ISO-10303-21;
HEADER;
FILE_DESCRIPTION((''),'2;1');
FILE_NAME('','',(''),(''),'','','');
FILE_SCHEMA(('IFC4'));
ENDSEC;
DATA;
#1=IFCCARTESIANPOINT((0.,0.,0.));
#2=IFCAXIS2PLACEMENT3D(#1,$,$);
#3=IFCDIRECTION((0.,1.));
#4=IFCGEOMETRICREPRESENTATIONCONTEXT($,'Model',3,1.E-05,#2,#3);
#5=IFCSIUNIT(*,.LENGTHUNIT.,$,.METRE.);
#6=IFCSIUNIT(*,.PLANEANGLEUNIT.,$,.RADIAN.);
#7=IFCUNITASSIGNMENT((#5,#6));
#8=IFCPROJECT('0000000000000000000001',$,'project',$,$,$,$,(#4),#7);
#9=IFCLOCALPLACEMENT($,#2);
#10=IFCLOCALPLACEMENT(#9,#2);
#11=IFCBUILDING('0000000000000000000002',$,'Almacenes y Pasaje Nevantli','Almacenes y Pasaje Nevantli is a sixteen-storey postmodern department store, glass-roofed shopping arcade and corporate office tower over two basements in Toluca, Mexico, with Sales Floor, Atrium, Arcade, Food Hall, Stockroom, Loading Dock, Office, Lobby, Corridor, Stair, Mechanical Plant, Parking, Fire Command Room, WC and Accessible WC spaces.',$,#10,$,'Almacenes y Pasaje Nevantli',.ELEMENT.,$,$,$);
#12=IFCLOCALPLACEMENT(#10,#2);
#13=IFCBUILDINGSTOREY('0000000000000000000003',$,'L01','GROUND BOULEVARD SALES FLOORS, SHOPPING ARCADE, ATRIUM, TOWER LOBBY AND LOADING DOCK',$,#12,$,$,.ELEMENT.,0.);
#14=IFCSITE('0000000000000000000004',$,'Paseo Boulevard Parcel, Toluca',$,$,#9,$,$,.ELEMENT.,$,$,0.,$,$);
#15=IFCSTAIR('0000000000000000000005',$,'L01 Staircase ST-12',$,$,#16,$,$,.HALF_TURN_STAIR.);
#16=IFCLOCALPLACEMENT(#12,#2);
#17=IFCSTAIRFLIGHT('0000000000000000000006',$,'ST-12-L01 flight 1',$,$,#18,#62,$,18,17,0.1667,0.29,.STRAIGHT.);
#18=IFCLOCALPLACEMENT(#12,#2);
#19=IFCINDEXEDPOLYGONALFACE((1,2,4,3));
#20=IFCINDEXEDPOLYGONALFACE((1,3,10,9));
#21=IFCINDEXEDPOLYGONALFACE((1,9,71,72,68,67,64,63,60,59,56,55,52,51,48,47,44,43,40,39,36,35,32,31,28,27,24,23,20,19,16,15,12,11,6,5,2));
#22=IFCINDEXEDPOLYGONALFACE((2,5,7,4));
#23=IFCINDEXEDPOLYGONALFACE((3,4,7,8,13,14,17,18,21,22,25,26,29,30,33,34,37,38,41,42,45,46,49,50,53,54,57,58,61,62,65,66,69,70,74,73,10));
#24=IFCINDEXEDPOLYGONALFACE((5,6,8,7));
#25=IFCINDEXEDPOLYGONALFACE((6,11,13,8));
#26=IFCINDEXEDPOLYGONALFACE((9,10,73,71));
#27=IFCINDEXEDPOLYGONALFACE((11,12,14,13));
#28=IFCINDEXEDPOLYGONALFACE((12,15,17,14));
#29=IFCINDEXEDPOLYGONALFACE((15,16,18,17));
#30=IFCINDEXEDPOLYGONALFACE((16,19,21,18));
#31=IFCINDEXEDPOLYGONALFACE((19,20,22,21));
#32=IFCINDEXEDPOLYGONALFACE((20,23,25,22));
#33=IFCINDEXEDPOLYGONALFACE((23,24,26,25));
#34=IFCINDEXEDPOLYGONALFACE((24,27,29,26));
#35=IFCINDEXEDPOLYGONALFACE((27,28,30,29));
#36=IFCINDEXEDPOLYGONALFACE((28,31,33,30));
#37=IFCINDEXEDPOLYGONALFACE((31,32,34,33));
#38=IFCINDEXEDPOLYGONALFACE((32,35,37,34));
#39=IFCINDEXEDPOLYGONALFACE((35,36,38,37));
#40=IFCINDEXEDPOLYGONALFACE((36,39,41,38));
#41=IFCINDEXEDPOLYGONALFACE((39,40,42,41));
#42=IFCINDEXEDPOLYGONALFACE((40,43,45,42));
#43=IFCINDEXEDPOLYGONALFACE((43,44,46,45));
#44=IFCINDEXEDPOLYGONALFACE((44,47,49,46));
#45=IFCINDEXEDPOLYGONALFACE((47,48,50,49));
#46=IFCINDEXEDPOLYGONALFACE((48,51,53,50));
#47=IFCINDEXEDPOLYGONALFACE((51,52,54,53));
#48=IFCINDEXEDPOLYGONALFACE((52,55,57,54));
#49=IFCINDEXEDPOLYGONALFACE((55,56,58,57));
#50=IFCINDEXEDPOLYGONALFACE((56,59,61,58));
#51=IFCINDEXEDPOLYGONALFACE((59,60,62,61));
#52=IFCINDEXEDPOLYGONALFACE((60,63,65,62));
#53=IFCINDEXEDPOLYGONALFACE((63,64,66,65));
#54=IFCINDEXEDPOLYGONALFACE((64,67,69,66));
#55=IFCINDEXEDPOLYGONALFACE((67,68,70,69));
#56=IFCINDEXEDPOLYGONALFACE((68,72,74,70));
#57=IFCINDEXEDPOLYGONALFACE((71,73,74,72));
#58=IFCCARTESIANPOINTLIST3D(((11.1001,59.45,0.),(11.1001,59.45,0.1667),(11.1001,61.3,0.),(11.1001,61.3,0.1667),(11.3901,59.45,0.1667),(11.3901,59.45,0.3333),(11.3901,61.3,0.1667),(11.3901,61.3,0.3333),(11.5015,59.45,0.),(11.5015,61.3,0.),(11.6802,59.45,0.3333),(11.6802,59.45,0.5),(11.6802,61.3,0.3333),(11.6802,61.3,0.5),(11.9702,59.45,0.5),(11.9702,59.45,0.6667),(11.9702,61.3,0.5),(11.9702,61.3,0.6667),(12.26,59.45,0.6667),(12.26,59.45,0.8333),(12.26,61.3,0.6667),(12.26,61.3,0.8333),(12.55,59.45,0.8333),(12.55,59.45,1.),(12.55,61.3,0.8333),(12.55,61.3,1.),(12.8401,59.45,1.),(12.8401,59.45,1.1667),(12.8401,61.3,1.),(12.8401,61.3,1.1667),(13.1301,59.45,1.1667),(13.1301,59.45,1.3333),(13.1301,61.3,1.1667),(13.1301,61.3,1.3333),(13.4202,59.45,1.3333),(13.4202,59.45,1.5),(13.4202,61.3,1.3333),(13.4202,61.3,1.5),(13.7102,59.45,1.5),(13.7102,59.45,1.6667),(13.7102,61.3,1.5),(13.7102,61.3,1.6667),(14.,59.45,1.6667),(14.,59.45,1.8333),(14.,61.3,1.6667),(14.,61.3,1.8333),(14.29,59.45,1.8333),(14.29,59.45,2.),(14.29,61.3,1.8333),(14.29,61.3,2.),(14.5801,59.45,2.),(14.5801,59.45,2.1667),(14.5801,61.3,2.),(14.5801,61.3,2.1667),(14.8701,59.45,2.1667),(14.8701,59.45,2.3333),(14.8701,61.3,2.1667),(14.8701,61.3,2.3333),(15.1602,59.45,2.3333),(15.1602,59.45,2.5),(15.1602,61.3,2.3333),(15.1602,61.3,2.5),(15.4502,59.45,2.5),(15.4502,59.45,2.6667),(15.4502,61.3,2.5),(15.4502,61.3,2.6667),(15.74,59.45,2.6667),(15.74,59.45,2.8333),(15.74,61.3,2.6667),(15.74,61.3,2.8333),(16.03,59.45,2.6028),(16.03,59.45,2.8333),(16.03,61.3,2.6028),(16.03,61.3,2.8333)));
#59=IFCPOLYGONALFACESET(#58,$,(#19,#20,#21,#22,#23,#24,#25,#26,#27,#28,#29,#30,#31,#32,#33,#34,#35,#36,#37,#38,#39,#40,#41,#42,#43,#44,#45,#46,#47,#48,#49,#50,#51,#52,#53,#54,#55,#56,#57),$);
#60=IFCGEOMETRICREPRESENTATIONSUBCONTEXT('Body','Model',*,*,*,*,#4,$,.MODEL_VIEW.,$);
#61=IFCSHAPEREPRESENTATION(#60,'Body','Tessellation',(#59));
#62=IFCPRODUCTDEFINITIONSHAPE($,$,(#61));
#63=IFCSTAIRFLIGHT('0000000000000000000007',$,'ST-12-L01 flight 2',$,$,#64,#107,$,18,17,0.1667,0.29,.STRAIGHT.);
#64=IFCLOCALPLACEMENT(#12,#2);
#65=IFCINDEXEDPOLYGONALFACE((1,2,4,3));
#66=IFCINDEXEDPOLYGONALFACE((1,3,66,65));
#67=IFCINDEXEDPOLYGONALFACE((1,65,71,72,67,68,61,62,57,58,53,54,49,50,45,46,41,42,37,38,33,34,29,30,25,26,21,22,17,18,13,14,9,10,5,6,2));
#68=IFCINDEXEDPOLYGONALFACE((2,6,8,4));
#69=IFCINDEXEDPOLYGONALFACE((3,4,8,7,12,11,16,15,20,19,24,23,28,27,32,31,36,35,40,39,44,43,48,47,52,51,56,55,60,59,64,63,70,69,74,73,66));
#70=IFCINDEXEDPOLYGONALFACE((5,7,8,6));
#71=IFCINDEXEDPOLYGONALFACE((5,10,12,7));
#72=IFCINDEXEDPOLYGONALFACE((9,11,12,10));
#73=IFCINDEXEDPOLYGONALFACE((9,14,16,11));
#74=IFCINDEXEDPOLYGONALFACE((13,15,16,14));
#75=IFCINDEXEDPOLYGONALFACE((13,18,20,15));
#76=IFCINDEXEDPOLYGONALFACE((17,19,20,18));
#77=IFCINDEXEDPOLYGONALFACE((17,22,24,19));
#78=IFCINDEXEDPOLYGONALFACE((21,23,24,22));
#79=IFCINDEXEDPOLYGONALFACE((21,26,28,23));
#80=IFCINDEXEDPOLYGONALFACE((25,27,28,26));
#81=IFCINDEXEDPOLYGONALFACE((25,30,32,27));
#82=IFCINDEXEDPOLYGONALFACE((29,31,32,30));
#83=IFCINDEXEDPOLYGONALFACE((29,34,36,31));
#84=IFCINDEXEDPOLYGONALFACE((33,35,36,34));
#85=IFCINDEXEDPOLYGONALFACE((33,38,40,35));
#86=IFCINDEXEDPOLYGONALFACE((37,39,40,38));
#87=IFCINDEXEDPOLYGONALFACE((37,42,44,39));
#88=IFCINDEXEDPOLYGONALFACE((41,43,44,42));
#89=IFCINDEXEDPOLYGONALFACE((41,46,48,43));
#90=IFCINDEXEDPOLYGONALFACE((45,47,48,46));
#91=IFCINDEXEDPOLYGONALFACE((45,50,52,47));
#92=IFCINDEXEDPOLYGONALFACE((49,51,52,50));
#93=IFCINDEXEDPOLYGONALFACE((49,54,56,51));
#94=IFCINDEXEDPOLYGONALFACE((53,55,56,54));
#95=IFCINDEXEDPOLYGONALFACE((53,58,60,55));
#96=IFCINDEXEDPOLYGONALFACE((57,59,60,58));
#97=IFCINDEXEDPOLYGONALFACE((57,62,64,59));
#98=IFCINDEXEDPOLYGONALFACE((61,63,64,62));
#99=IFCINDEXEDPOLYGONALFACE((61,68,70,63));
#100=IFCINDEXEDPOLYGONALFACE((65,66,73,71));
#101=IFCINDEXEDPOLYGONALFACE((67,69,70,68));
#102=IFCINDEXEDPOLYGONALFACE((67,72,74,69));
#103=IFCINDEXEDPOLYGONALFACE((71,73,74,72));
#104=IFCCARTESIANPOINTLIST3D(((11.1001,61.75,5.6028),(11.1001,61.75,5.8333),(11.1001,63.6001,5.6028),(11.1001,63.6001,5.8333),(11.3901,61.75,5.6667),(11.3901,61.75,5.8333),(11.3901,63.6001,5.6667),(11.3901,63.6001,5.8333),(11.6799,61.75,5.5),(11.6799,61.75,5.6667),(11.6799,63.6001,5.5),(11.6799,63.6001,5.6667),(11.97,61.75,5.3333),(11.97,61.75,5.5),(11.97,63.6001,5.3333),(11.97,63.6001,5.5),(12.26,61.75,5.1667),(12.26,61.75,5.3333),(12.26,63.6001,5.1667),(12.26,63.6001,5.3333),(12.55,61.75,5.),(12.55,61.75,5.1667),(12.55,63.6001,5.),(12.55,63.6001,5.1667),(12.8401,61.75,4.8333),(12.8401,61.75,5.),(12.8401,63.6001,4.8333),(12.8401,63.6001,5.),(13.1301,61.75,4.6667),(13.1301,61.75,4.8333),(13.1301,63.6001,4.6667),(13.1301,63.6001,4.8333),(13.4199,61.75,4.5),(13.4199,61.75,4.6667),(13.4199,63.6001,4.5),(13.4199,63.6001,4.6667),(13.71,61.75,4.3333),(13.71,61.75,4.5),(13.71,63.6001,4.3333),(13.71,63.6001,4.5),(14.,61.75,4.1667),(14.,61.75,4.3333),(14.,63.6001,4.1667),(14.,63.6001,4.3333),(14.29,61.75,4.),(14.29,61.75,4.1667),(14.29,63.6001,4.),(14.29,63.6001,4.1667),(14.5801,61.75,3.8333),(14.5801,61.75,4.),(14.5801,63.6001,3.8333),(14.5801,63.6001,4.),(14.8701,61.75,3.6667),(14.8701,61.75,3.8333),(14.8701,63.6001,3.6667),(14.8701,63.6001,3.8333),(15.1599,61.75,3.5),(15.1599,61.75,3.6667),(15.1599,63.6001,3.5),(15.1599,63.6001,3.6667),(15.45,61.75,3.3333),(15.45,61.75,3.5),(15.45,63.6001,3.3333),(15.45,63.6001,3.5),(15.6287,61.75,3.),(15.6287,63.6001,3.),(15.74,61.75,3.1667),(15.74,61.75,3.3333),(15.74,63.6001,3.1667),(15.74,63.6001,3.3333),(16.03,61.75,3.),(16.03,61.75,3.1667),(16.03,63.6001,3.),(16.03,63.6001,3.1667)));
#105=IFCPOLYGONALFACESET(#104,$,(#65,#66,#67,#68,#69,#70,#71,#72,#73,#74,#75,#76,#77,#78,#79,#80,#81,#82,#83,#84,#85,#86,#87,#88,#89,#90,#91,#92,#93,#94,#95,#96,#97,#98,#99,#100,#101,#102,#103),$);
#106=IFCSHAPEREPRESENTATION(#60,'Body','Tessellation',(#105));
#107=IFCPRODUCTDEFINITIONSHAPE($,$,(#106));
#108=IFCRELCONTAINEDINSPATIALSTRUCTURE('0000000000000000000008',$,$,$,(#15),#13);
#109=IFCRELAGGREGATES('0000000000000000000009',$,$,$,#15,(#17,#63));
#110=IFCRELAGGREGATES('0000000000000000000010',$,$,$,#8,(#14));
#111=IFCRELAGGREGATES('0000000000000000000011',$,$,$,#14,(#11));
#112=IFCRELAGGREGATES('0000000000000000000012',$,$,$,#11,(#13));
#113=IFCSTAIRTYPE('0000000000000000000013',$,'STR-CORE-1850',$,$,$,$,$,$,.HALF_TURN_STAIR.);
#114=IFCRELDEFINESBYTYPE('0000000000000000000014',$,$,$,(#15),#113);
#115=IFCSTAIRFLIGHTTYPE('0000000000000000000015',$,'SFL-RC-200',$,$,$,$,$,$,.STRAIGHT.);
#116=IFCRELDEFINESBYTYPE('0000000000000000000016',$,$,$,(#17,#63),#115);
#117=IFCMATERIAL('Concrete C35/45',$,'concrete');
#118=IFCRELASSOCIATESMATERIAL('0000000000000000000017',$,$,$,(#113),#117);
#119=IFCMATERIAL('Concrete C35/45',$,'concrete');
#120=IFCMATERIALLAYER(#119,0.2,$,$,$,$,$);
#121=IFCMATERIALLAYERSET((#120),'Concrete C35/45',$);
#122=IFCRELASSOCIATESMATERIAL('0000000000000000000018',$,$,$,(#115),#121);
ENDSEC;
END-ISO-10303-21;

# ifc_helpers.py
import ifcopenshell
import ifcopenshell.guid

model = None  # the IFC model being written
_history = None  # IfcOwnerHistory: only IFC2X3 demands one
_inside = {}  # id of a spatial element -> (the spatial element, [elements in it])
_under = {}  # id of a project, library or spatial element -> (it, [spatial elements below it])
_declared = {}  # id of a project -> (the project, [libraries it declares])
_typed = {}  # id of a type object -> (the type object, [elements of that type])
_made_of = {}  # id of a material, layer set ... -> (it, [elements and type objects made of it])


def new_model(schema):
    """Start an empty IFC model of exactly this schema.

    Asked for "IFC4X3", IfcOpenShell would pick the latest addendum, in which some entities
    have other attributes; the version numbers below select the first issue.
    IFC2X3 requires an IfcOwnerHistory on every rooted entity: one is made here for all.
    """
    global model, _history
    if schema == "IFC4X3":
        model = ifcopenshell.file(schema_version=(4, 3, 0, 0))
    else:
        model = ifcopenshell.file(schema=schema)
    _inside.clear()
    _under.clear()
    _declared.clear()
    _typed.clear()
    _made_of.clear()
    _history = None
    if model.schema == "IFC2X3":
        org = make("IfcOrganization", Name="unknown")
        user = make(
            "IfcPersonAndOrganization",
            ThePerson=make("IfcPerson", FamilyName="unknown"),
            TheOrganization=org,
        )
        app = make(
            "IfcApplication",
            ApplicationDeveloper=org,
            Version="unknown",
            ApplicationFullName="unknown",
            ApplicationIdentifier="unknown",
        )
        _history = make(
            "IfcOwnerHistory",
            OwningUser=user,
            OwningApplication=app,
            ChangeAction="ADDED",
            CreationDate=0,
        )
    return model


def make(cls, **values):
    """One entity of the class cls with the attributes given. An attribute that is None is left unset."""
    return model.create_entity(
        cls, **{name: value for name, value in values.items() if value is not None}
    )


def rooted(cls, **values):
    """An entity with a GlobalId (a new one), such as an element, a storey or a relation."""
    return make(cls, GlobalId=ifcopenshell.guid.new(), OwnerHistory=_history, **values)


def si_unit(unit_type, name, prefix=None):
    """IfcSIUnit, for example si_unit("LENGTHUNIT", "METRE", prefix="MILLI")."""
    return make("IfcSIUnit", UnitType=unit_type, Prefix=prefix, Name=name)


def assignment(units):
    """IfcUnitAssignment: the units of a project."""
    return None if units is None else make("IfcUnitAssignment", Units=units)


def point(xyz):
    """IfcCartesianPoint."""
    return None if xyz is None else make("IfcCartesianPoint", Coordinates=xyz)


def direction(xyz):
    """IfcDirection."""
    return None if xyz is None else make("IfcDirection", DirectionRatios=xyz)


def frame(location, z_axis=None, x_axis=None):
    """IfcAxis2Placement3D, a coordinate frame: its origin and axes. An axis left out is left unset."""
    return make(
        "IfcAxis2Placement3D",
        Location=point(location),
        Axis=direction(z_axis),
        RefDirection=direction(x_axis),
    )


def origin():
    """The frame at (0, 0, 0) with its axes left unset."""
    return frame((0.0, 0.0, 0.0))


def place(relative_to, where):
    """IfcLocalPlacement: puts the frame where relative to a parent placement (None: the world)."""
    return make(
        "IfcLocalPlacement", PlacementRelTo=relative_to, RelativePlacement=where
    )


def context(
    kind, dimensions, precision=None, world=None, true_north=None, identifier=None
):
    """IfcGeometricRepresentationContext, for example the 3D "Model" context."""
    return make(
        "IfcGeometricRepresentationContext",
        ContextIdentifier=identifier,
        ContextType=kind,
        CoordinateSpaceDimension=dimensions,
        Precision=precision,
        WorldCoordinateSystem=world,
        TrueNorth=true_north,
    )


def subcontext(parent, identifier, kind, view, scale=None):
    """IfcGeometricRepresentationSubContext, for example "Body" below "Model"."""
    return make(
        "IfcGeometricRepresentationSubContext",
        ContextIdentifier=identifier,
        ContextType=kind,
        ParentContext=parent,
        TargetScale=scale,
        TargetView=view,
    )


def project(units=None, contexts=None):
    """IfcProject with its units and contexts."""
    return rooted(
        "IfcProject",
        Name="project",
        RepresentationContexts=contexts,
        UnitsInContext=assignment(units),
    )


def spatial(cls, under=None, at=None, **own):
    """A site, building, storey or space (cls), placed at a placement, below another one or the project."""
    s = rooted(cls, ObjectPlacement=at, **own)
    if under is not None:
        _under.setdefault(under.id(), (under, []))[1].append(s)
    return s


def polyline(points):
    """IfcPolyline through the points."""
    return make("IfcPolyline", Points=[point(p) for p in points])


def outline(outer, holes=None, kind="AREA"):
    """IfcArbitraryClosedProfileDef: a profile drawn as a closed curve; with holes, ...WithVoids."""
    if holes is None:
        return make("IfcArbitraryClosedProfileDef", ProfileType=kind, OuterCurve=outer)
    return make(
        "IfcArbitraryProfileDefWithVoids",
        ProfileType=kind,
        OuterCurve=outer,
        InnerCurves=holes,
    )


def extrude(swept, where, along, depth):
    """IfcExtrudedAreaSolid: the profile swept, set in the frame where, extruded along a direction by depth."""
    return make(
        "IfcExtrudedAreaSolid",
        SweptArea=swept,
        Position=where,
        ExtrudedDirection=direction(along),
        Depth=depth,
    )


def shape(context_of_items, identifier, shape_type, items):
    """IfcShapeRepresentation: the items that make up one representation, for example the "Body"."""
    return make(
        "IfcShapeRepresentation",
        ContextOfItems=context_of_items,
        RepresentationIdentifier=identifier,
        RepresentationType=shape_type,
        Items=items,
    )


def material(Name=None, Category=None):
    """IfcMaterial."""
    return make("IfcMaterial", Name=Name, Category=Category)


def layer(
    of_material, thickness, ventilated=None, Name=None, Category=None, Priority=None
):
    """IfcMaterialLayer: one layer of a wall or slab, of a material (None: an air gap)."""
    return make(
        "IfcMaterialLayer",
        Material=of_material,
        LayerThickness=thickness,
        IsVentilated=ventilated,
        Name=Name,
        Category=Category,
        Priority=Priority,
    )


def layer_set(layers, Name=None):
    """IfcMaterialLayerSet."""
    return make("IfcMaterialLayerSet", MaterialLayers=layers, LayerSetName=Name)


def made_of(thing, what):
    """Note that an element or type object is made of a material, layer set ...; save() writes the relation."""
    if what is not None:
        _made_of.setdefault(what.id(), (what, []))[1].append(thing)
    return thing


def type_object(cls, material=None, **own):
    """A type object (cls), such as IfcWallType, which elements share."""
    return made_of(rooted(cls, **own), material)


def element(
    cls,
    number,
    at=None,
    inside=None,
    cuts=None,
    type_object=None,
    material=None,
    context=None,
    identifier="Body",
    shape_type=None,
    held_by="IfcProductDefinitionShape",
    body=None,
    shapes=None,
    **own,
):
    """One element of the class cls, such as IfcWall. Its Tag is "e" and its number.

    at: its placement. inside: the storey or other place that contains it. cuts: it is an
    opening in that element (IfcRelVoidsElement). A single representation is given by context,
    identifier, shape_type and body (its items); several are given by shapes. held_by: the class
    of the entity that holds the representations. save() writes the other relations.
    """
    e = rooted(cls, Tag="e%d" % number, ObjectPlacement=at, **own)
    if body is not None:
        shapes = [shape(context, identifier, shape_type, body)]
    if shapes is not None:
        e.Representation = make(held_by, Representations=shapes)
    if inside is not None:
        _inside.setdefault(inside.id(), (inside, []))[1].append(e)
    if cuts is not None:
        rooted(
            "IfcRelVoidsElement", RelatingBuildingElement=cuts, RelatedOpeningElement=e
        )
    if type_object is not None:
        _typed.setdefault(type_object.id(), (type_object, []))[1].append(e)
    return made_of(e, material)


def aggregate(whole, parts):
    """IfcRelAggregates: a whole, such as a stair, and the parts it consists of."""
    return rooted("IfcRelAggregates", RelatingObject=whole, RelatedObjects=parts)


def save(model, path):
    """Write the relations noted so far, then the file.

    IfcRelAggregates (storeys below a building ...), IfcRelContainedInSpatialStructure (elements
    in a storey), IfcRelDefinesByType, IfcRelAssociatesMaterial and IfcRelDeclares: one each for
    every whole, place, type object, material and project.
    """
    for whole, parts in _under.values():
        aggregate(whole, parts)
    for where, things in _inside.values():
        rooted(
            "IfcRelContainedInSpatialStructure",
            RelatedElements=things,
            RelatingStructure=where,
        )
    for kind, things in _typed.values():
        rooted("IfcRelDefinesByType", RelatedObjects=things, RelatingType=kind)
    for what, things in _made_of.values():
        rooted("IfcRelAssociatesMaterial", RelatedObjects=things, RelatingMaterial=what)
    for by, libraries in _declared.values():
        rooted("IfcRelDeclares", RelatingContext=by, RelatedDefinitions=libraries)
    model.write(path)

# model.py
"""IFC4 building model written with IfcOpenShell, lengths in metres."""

from ifc_helpers import new_model, si_unit, direction, frame, origin, place, context, subcontext, project, spatial, polyline, outline, extrude, material, layer, layer_set, type_object, element, aggregate, save


model = new_model("IFC4")

# Units and contexts
model_context = context("Model", 3, precision=1e-05, world=origin(), true_north=direction((0.0, 1.0)))
body_context = subcontext(model_context, "Body", "Model", "MODEL_VIEW")
ifc_project = project(units=[si_unit("LENGTHUNIT", "METRE"), si_unit("PLANEANGLEUNIT", "RADIAN")], contexts=[model_context])

# Site, building, storey
site_placement = place(None, origin())
site = spatial("IfcSite", under=ifc_project, at=site_placement, Name="Paseo Boulevard Parcel, Toluca", CompositionType="ELEMENT", RefElevation=0.0)
building_placement = place(site_placement, origin())
building = spatial("IfcBuilding", under=site, at=building_placement, Name="Almacenes y Pasaje Nevantli", Description="Almacenes y Pasaje Nevantli is a sixteen-storey postmodern department store, glass-roofed shopping arcade and corporate office tower over two basements in Toluca, Mexico, with Sales Floor, Atrium, Arcade, Food Hall, Stockroom, Loading Dock, Office, Lobby, Corridor, Stair, Mechanical Plant, Parking, Fire Command Room, WC and Accessible WC spaces.", LongName="Almacenes y Pasaje Nevantli", CompositionType="ELEMENT")
storey_placement = place(building_placement, origin())
storey = spatial("IfcBuildingStorey", under=building, at=storey_placement, Name="L01", Description="GROUND BOULEVARD SALES FLOORS, SHOPPING ARCADE, ATRIUM, TOWER LOBBY AND LOADING DOCK", CompositionType="ELEMENT", Elevation=0.0)

# Stair, stair flights
ifc_material_1 = material(Name="Concrete C35/45", Category="concrete")
stair_type = type_object("IfcStairType", Name="STR-CORE-1850", PredefinedType="HALF_TURN_STAIR", material=ifc_material_1)
stair_placement = place(storey_placement, origin())
stair = element("IfcStair", 1, at=stair_placement, inside=storey, type_object=stair_type, Name="L01 Staircase ST-12", PredefinedType="HALF_TURN_STAIR")
ifc_material_2 = material(Name="Concrete C35/45", Category="concrete")
ifc_layer_1 = layer(ifc_material_2, 0.2)
ifc_layer_set_1 = layer_set([ifc_layer_1], Name="Concrete C35/45")
stair_flight_type = type_object("IfcStairFlightType", Name="SFL-RC-200", PredefinedType="STRAIGHT", material=ifc_layer_set_1)
stair_flight_1_placement = place(storey_placement, frame((11.1001, 60.375, 0.0), z_axis=(0.0, 0.0, 1.0), x_axis=(1.0, 0.0, 0.0)))
stair_flight_1 = element("IfcStairFlight", 2, at=stair_flight_1_placement, type_object=stair_flight_type, Name="ST-12-L01 flight 1", NumberOfRisers=18, NumberOfTreads=17, PredefinedType="STRAIGHT", RiserHeight=0.1667, TreadLength=0.29, context=body_context, shape_type="SweptSolid", body=[
    extrude(outline(polyline([(0.0, 0.0), (0.0, 0.1667), (0.29, 0.1667), (0.29, 0.3333), (0.5801, 0.3333), (0.5801, 0.5), (0.8701, 0.5), (0.8701, 0.6667), (1.1599, 0.6667), (1.1599, 0.8333), (1.45, 0.8333), (1.45, 1.0), (1.74, 1.0), (1.74, 1.1667), (2.03, 1.1667), (2.03, 1.3333), (2.3201, 1.3333), (2.3201, 1.5), (2.6101, 1.5), (2.6101, 1.6667), (2.8999, 1.6667), (2.8999, 1.8333), (3.1899, 1.8333), (3.1899, 2.0), (3.48, 2.0), (3.48, 2.1667), (3.77, 2.1667), (3.77, 2.3333), (4.0601, 2.3333), (4.0601, 2.5), (4.3501, 2.5), (4.3501, 2.6667), (4.6399, 2.6667), (4.6399, 2.8333), (4.9299, 2.8333), (4.9299, 3.0), (4.9299, 2.6028), (0.4014, 0.0), (0.0, 0.0)])), frame((0.0, 0.925, 0.0), z_axis=(0.0, -1.0, 0.0), x_axis=(1.0, 0.0, 0.0)), (0.0, 0.0, 1.0), 1.8501),
])
stair_flight_2_placement = place(storey_placement, frame((16.03, 62.675, 3.0), z_axis=(0.0, 0.0, 1.0), x_axis=(-1.0, 0.0, 0.0)))
stair_flight_2 = element("IfcStairFlight", 3, at=stair_flight_2_placement, type_object=stair_flight_type, Name="ST-12-L01 flight 2", NumberOfRisers=18, NumberOfTreads=17, PredefinedType="STRAIGHT", RiserHeight=0.1667, TreadLength=0.29, context=body_context, shape_type="SweptSolid", body=[
    extrude(outline(polyline([(0.0, 0.0), (0.0, 0.1667), (0.29, 0.1667), (0.29, 0.3333), (0.5801, 0.3333), (0.5801, 0.5), (0.8701, 0.5), (0.8701, 0.6667), (1.1599, 0.6667), (1.1599, 0.8333), (1.45, 0.8333), (1.45, 1.0), (1.74, 1.0), (1.74, 1.1667), (2.03, 1.1667), (2.03, 1.3333), (2.3201, 1.3333), (2.3201, 1.5), (2.6101, 1.5), (2.6101, 1.6667), (2.8999, 1.6667), (2.8999, 1.8333), (3.1899, 1.8333), (3.1899, 2.0), (3.48, 2.0), (3.48, 2.1667), (3.77, 2.1667), (3.77, 2.3333), (4.0601, 2.3333), (4.0601, 2.5), (4.3501, 2.5), (4.3501, 2.6667), (4.6399, 2.6667), (4.6399, 2.8333), (4.9299, 2.8333), (4.9299, 3.0), (4.9299, 2.6028), (0.4014, 0.0), (0.0, 0.0)])), frame((0.0, 0.925, 0.0), z_axis=(0.0, -1.0, 0.0), x_axis=(1.0, 0.0, 0.0)), (0.0, 0.0, 1.0), 1.8501),
])
aggregate(stair, [stair_flight_1, stair_flight_2])

save(model, "model.ifc")
